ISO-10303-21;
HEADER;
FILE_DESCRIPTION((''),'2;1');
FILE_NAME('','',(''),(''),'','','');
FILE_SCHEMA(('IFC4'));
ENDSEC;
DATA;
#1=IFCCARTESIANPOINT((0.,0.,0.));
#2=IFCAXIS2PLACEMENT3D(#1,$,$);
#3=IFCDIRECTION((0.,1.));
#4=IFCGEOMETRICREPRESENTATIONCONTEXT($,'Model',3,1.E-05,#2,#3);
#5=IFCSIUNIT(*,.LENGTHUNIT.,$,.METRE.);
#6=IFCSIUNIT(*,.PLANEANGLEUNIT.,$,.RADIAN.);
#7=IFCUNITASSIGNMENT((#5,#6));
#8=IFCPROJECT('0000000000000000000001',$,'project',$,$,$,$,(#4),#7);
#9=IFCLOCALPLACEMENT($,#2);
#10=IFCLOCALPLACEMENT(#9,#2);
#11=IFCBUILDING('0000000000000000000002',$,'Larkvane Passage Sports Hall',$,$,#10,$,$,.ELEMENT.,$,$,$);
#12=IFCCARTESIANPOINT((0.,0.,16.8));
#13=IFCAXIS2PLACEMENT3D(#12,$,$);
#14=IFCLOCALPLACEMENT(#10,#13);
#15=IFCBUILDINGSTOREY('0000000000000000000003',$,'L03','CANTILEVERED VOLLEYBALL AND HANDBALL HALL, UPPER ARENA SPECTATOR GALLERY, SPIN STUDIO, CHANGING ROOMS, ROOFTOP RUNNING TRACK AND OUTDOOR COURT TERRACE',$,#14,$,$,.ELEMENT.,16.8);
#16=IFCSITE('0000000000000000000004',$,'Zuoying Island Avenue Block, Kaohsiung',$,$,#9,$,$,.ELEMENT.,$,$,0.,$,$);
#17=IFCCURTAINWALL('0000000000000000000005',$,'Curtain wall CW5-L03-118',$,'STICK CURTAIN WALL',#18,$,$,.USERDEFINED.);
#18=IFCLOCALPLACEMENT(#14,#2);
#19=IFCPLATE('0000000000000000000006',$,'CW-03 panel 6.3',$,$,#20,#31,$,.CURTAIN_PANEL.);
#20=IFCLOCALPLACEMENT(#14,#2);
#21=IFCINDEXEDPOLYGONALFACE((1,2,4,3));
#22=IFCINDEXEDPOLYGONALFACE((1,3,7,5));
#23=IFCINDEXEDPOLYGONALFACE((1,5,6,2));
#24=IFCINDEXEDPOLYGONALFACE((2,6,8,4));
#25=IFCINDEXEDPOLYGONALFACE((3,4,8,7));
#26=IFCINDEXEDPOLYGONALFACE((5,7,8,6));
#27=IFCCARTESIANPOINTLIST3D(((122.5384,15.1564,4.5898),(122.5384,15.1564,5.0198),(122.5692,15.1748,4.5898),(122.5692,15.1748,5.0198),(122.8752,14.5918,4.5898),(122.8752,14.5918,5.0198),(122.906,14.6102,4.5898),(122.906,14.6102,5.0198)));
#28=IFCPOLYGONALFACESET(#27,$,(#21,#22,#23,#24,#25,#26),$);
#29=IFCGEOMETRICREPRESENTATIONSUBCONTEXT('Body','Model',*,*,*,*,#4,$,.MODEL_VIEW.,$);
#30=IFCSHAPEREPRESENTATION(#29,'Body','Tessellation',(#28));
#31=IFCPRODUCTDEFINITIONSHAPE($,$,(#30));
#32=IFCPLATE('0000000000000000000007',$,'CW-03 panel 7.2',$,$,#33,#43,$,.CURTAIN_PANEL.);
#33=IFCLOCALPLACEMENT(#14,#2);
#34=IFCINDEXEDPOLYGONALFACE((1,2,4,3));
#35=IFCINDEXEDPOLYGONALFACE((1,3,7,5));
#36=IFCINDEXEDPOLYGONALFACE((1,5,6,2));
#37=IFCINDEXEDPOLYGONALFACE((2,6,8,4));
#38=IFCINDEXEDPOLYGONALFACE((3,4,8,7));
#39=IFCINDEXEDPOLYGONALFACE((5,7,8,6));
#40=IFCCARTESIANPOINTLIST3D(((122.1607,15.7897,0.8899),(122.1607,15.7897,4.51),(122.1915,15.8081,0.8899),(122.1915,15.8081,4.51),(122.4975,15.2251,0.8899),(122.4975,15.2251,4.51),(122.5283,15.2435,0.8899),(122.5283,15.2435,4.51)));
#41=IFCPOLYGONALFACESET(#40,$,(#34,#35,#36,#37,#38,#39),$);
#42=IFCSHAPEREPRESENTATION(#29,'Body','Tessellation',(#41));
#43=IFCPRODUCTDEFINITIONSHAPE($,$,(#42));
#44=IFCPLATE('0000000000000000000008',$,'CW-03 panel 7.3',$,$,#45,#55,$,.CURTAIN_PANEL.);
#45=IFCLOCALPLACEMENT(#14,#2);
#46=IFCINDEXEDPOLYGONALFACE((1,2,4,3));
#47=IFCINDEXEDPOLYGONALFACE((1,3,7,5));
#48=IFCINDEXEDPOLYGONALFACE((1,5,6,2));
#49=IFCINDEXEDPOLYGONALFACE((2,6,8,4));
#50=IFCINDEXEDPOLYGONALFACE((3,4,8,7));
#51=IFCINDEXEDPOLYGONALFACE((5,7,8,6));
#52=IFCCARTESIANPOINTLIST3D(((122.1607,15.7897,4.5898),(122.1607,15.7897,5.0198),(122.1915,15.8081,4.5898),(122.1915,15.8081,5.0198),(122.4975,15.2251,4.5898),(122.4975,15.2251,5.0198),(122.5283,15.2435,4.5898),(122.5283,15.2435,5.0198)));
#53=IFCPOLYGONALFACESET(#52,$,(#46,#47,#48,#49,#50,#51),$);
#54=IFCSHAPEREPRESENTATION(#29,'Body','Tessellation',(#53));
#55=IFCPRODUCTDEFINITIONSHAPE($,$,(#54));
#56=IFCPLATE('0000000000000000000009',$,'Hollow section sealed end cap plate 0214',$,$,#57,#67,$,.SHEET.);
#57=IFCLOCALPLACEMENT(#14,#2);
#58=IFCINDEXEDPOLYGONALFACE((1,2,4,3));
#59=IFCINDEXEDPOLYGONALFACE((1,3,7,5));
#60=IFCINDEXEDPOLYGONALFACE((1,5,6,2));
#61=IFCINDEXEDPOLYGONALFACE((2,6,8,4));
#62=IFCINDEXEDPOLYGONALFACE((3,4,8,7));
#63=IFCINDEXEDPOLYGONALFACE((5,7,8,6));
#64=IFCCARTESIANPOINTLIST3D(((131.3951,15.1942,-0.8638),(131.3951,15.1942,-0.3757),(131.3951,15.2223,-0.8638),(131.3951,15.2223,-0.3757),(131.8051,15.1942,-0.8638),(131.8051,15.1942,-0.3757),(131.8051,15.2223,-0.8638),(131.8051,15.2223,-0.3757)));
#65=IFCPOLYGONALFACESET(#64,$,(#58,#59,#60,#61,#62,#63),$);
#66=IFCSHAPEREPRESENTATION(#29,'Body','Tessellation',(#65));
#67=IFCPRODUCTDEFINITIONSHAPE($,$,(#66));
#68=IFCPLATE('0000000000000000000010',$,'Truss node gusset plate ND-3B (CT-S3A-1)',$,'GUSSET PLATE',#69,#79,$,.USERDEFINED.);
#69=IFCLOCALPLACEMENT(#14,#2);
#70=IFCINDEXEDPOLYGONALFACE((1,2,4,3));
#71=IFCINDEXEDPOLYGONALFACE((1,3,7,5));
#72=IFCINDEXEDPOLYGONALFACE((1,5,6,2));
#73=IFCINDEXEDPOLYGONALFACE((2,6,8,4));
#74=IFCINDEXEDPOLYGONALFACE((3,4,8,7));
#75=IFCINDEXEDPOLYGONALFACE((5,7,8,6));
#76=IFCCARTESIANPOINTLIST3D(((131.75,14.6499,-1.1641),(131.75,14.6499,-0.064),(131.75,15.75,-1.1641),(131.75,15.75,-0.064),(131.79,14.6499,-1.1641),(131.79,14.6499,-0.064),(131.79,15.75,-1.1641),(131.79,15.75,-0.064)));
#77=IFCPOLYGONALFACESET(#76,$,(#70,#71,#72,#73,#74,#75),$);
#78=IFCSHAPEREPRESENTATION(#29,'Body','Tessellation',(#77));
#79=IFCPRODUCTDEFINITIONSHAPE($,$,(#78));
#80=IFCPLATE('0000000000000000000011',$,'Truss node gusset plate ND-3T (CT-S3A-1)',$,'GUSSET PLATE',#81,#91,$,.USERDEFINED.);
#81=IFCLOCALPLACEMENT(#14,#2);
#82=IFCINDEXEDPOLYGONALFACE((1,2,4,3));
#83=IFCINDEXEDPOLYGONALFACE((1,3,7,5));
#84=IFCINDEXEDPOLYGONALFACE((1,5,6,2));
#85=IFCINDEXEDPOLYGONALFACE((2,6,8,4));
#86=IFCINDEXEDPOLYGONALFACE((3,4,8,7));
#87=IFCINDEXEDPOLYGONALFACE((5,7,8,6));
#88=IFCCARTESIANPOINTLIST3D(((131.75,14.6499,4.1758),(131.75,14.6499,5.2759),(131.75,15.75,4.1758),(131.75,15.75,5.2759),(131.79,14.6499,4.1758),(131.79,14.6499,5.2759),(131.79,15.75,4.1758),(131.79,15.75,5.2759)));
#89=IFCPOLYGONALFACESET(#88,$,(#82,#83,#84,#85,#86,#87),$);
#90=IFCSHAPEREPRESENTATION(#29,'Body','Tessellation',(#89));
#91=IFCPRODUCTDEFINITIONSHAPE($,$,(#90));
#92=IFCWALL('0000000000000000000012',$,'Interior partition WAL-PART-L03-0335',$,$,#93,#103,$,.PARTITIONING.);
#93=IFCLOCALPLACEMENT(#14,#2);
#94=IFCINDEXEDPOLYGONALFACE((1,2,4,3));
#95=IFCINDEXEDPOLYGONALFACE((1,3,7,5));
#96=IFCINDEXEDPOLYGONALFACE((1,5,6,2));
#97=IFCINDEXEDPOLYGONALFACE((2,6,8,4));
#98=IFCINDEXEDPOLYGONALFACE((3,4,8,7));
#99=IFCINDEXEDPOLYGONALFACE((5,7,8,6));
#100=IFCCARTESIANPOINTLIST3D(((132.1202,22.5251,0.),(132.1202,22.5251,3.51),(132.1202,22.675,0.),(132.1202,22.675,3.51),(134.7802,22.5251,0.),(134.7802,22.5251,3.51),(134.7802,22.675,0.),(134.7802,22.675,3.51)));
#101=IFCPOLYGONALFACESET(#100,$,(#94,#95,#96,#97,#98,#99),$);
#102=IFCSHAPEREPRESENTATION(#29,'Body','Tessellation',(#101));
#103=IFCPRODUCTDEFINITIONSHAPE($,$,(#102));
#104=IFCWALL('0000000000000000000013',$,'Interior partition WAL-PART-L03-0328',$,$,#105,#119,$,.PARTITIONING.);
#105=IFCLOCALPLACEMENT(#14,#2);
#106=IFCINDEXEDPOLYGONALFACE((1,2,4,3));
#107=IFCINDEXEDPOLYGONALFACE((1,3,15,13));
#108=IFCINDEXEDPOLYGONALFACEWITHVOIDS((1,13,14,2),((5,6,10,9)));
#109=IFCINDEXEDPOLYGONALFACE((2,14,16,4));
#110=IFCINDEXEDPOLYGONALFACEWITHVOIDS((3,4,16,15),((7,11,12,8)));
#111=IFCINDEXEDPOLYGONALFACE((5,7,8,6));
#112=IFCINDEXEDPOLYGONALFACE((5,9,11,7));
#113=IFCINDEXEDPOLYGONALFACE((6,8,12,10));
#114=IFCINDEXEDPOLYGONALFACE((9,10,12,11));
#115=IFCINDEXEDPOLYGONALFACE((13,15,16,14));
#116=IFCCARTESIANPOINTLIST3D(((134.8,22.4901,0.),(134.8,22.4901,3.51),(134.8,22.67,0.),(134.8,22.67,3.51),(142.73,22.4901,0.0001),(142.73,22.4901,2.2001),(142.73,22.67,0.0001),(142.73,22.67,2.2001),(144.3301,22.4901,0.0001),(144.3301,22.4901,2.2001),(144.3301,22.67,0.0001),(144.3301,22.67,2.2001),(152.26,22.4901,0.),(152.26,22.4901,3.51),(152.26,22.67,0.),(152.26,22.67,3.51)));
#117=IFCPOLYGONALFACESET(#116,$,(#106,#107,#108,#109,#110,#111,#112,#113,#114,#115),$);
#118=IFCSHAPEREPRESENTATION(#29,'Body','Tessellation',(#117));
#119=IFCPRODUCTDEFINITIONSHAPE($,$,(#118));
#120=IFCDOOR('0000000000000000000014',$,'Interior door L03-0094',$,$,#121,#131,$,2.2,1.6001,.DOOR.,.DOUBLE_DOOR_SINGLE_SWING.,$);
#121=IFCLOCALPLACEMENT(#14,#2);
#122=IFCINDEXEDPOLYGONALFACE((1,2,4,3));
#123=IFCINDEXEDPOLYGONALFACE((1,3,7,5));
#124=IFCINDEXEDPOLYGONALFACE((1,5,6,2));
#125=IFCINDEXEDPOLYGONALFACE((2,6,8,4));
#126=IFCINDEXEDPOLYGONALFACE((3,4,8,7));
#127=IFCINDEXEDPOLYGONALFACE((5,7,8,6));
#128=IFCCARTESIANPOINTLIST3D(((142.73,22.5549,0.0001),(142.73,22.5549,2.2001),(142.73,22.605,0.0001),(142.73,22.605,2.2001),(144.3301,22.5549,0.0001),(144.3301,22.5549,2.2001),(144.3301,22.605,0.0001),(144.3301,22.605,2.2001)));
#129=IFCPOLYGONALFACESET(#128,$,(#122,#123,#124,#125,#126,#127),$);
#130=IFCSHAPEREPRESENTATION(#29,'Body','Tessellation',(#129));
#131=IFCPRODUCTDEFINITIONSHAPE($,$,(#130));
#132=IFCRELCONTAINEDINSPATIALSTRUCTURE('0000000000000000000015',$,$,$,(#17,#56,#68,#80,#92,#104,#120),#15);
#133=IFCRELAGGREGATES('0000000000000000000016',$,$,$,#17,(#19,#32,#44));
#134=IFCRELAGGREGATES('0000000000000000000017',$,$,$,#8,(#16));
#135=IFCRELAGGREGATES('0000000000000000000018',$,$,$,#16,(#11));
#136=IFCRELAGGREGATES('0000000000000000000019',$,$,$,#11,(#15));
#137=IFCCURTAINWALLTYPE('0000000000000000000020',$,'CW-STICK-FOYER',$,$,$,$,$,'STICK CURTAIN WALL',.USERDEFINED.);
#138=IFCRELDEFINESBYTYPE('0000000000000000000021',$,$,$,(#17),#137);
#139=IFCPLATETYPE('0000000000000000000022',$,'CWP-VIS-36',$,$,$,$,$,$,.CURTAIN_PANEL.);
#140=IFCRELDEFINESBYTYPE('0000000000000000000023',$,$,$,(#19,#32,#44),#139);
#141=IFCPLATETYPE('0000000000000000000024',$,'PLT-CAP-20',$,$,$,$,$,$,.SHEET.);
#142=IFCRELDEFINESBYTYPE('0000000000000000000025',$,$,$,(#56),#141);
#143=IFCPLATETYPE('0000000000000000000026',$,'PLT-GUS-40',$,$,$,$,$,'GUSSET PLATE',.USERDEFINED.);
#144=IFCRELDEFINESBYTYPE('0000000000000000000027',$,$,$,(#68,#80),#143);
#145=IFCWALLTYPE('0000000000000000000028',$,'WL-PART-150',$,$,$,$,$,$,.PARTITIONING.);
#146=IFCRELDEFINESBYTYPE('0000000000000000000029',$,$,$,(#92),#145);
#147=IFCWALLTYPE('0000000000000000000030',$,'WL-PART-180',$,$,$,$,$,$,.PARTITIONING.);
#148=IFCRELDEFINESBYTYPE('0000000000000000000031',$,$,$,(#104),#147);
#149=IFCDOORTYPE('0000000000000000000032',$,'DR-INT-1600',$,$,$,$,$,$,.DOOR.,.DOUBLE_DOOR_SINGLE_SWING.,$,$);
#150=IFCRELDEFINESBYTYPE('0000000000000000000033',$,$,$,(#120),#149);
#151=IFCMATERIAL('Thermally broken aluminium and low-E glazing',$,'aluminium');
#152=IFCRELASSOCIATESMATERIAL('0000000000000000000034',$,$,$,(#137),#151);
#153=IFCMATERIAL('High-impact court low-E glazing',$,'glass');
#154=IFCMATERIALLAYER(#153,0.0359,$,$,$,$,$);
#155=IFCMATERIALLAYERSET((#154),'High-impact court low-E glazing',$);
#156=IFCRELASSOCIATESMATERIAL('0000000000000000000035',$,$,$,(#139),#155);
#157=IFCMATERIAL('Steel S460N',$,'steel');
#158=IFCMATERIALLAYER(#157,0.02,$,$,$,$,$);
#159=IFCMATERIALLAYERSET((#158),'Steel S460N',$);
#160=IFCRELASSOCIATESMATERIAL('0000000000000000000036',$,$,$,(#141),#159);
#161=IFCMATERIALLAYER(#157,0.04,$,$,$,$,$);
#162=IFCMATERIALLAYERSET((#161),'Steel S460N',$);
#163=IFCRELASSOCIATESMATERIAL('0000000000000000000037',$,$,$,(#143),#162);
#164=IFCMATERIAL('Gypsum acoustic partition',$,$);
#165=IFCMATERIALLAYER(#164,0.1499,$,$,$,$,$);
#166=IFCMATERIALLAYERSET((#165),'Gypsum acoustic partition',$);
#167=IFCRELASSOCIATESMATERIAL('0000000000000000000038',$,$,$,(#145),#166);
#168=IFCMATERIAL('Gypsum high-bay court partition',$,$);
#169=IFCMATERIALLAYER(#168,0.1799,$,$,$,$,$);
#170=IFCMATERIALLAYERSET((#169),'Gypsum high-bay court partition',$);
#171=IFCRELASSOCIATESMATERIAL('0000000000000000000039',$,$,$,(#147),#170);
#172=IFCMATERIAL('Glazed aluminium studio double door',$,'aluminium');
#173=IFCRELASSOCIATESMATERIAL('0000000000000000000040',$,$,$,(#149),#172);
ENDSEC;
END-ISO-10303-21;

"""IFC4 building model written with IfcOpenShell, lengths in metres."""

from ifc_helpers import new_model, si_unit, direction, frame, frame_2d, origin, origin_2d, place, context, subcontext, project, spatial, rectangle, extrude, material, layer, layer_set, type_object, element, fill, aggregate, save


model = new_model("IFC4")

# Units and contexts
model_context = context("Model", 3, precision=1e-05, world=origin(), true_north=direction((0.0, 1.0)))
body_context = subcontext(model_context, "Body", "Model", "MODEL_VIEW")
ifc_project = project(units=[si_unit("LENGTHUNIT", "METRE"), si_unit("PLANEANGLEUNIT", "RADIAN")], contexts=[model_context])

# Site, building, storey
site_placement = place(None, origin())
site = spatial("IfcSite", under=ifc_project, at=site_placement, Name="Zuoying Island Avenue Block, Kaohsiung", CompositionType="ELEMENT", RefElevation=0.0)
building_placement = place(site_placement, origin())
building = spatial("IfcBuilding", under=site, at=building_placement, Name="Larkvane Passage Sports Hall", CompositionType="ELEMENT")
storey_placement = place(building_placement, frame((0.0, 0.0, 16.8)))
storey = spatial("IfcBuildingStorey", under=building, at=storey_placement, Name="L03", Description="CANTILEVERED VOLLEYBALL AND HANDBALL HALL, UPPER ARENA SPECTATOR GALLERY, SPIN STUDIO, CHANGING ROOMS, ROOFTOP RUNNING TRACK AND OUTDOOR COURT TERRACE", CompositionType="ELEMENT", Elevation=16.8)

# Shared definitions
ifc_material_1 = material(Name="Steel S460N", Category="steel")

# Curtain wall
ifc_material_2 = material(Name="Thermally broken aluminium and low-E glazing", Category="aluminium")
curtain_wall_type = type_object("IfcCurtainWallType", Name="CW-STICK-FOYER", ElementType="STICK CURTAIN WALL", PredefinedType="USERDEFINED", material=ifc_material_2)
curtain_wall_placement = place(storey_placement, origin())
curtain_wall = element("IfcCurtainWall", 1, at=curtain_wall_placement, inside=storey, type_object=curtain_wall_type, Name="Curtain wall CW5-L03-118", ObjectType="STICK CURTAIN WALL", PredefinedType="USERDEFINED")

# Plates
ifc_material_3 = material(Name="High-impact court low-E glazing", Category="glass")
ifc_layer_1 = layer(ifc_material_3, 0.0359)
ifc_layer_set_1 = layer_set([ifc_layer_1], Name="High-impact court low-E glazing")
plate_type_1 = type_object("IfcPlateType", Name="CWP-VIS-36", PredefinedType="CURTAIN_PANEL", material=ifc_layer_set_1)
plate_1_placement = place(storey_placement, frame((122.7222, 14.8833, 4.5898), z_axis=(0.0, 0.0, 1.0), x_axis=(-0.512278, 0.85882, 0.0)))
plate_1 = element("IfcPlate", 2, at=plate_1_placement, type_object=plate_type_1, Name="CW-03 panel 6.3", PredefinedType="CURTAIN_PANEL", context=body_context, shape_type="SweptSolid", body=[
    extrude(rectangle(XDim=0.6575, YDim=0.0359, at=origin_2d()), origin(), (0.0, 0.0, 1.0), 0.4299),
])
plate_2_placement = place(storey_placement, frame((122.3445, 15.5166, 0.8899), z_axis=(0.0, 0.0, 1.0), x_axis=(-0.512278, 0.85882, 0.0)))
plate_2 = element("IfcPlate", 3, at=plate_2_placement, type_object=plate_type_1, Name="CW-03 panel 7.2", PredefinedType="CURTAIN_PANEL", context=body_context, shape_type="SweptSolid", body=[
    extrude(rectangle(XDim=0.6575, YDim=0.0359, at=origin_2d()), origin(), (0.0, 0.0, 1.0), 3.6201),
])
plate_3_placement = place(storey_placement, frame((122.3445, 15.5166, 4.5898), z_axis=(0.0, 0.0, 1.0), x_axis=(-0.512278, 0.85882, 0.0)))
plate_3 = element("IfcPlate", 4, at=plate_3_placement, type_object=plate_type_1, Name="CW-03 panel 7.3", PredefinedType="CURTAIN_PANEL", context=body_context, shape_type="SweptSolid", body=[
    extrude(rectangle(XDim=0.6575, YDim=0.0359, at=origin_2d()), origin(), (0.0, 0.0, 1.0), 0.4299),
])
aggregate(curtain_wall, [plate_1, plate_2, plate_3])

# Plates
ifc_layer_2 = layer(ifc_material_1, 0.02)
ifc_layer_set_2 = layer_set([ifc_layer_2], Name="Steel S460N")
plate_type_2 = type_object("IfcPlateType", Name="PLT-CAP-20", PredefinedType="SHEET", material=ifc_layer_set_2)
plate_4_placement = place(storey_placement, frame((131.6001, 15.2083, -0.8638), z_axis=(0.0, 0.0, 1.0), x_axis=(-1.0, 0.0, 0.0)))
element("IfcPlate", 5, at=plate_4_placement, inside=storey, type_object=plate_type_2, Name="Hollow section sealed end cap plate 0214", PredefinedType="SHEET", context=body_context, shape_type="SweptSolid", body=[
    extrude(rectangle(XDim=0.4099, YDim=0.0281, at=origin_2d()), origin(), (0.0, 0.0, 1.0), 0.488),
])
ifc_layer_3 = layer(ifc_material_1, 0.04)
ifc_layer_set_3 = layer_set([ifc_layer_3], Name="Steel S460N")
plate_type_3 = type_object("IfcPlateType", Name="PLT-GUS-40", ElementType="GUSSET PLATE", PredefinedType="USERDEFINED", material=ifc_layer_set_3)
for number, where, z_axis, x_axis, name in (
    (6, (131.77, 15.2, -1.1641), (0.0, 0.0, 1.0), (0.0, 1.0, 0.0), "Truss node gusset plate ND-3B (CT-S3A-1)"),
    (7, (131.77, 15.2, 4.1758), (0.0, 0.0, 1.0), (0.0, 1.0, 0.0), "Truss node gusset plate ND-3T (CT-S3A-1)"),
):
    element("IfcPlate", number, at=place(storey_placement, frame(where, z_axis=z_axis, x_axis=x_axis)), inside=storey, type_object=plate_type_3, Name=name, ObjectType="GUSSET PLATE", PredefinedType="USERDEFINED", context=body_context, shape_type="SweptSolid", body=[
        extrude(rectangle(XDim=1.1001, YDim=0.04, at=origin_2d()), origin(), (0.0, 0.0, 1.0), 1.1001),
    ])

# Wall
ifc_material_4 = material(Name="Gypsum acoustic partition")
ifc_layer_4 = layer(ifc_material_4, 0.1499)
ifc_layer_set_4 = layer_set([ifc_layer_4], Name="Gypsum acoustic partition")
wall_type_1 = type_object("IfcWallType", Name="WL-PART-150", PredefinedType="PARTITIONING", material=ifc_layer_set_4)
wall_1_placement = place(storey_placement, frame((132.1201, 22.6001, 0.0), z_axis=(0.0, 0.0, 1.0), x_axis=(1.0, 0.0, 0.0)))
element("IfcWall", 8, at=wall_1_placement, inside=storey, type_object=wall_type_1, Name="Interior partition WAL-PART-L03-0335", PredefinedType="PARTITIONING", context=body_context, shape_type="SweptSolid", body=[
    extrude(rectangle(XDim=2.6599, YDim=0.1499, at=frame_2d((1.3301, 0.0))), origin(), (0.0, 0.0, 1.0), 3.51),
])

# Wall, opening, door
ifc_material_5 = material(Name="Gypsum high-bay court partition")
ifc_layer_5 = layer(ifc_material_5, 0.1799)
ifc_layer_set_5 = layer_set([ifc_layer_5], Name="Gypsum high-bay court partition")
wall_type_2 = type_object("IfcWallType", Name="WL-PART-180", PredefinedType="PARTITIONING", material=ifc_layer_set_5)
wall_2_placement = place(storey_placement, frame((134.8, 22.5801, 0.0), z_axis=(0.0, 0.0, 1.0), x_axis=(1.0, 0.0, 0.0)))
wall_2 = element("IfcWall", 9, at=wall_2_placement, inside=storey, type_object=wall_type_2, Name="Interior partition WAL-PART-L03-0328", PredefinedType="PARTITIONING", context=body_context, shape_type="SweptSolid", body=[
    extrude(rectangle(XDim=17.46, YDim=0.1799, at=frame_2d((8.73, 0.0))), origin(), (0.0, 0.0, 1.0), 3.51),
])
opening_placement = place(wall_2_placement, frame((7.9299, 0.0, 0.0)))
opening = element("IfcOpeningElement", 10, at=opening_placement, cuts=wall_2, PredefinedType="OPENING", context=body_context, shape_type="SweptSolid", body=[
    extrude(rectangle(XDim=1.6001, YDim=2.2, at=frame_2d((0.8, 1.1001))), frame((0.0, 0.0999, 0.0), z_axis=(0.0, -1.0, 0.0), x_axis=(1.0, 0.0, 0.0)), (0.0, 0.0, 1.0), 0.2),
])
ifc_material_6 = material(Name="Glazed aluminium studio double door", Category="aluminium")
door_type = type_object("IfcDoorType", Name="DR-INT-1600", OperationType="DOUBLE_DOOR_SINGLE_SWING", PredefinedType="DOOR", material=ifc_material_6)
door_placement = place(opening_placement, origin())
door = element("IfcDoor", 11, at=door_placement, inside=storey, type_object=door_type, Name="Interior door L03-0094", OperationType="DOUBLE_DOOR_SINGLE_SWING", OverallHeight=2.2, OverallWidth=1.6001, PredefinedType="DOOR", context=body_context, shape_type="SweptSolid", body=[
    extrude(rectangle(XDim=1.6001, YDim=2.2, at=frame_2d((0.8, 1.1001))), frame((0.0, 0.0249, 0.0), z_axis=(0.0, -1.0, 0.0), x_axis=(1.0, 0.0, 0.0)), (0.0, 0.0, 1.0), 0.05),
])
fill(opening, door)

save(model, "model.ifc")
